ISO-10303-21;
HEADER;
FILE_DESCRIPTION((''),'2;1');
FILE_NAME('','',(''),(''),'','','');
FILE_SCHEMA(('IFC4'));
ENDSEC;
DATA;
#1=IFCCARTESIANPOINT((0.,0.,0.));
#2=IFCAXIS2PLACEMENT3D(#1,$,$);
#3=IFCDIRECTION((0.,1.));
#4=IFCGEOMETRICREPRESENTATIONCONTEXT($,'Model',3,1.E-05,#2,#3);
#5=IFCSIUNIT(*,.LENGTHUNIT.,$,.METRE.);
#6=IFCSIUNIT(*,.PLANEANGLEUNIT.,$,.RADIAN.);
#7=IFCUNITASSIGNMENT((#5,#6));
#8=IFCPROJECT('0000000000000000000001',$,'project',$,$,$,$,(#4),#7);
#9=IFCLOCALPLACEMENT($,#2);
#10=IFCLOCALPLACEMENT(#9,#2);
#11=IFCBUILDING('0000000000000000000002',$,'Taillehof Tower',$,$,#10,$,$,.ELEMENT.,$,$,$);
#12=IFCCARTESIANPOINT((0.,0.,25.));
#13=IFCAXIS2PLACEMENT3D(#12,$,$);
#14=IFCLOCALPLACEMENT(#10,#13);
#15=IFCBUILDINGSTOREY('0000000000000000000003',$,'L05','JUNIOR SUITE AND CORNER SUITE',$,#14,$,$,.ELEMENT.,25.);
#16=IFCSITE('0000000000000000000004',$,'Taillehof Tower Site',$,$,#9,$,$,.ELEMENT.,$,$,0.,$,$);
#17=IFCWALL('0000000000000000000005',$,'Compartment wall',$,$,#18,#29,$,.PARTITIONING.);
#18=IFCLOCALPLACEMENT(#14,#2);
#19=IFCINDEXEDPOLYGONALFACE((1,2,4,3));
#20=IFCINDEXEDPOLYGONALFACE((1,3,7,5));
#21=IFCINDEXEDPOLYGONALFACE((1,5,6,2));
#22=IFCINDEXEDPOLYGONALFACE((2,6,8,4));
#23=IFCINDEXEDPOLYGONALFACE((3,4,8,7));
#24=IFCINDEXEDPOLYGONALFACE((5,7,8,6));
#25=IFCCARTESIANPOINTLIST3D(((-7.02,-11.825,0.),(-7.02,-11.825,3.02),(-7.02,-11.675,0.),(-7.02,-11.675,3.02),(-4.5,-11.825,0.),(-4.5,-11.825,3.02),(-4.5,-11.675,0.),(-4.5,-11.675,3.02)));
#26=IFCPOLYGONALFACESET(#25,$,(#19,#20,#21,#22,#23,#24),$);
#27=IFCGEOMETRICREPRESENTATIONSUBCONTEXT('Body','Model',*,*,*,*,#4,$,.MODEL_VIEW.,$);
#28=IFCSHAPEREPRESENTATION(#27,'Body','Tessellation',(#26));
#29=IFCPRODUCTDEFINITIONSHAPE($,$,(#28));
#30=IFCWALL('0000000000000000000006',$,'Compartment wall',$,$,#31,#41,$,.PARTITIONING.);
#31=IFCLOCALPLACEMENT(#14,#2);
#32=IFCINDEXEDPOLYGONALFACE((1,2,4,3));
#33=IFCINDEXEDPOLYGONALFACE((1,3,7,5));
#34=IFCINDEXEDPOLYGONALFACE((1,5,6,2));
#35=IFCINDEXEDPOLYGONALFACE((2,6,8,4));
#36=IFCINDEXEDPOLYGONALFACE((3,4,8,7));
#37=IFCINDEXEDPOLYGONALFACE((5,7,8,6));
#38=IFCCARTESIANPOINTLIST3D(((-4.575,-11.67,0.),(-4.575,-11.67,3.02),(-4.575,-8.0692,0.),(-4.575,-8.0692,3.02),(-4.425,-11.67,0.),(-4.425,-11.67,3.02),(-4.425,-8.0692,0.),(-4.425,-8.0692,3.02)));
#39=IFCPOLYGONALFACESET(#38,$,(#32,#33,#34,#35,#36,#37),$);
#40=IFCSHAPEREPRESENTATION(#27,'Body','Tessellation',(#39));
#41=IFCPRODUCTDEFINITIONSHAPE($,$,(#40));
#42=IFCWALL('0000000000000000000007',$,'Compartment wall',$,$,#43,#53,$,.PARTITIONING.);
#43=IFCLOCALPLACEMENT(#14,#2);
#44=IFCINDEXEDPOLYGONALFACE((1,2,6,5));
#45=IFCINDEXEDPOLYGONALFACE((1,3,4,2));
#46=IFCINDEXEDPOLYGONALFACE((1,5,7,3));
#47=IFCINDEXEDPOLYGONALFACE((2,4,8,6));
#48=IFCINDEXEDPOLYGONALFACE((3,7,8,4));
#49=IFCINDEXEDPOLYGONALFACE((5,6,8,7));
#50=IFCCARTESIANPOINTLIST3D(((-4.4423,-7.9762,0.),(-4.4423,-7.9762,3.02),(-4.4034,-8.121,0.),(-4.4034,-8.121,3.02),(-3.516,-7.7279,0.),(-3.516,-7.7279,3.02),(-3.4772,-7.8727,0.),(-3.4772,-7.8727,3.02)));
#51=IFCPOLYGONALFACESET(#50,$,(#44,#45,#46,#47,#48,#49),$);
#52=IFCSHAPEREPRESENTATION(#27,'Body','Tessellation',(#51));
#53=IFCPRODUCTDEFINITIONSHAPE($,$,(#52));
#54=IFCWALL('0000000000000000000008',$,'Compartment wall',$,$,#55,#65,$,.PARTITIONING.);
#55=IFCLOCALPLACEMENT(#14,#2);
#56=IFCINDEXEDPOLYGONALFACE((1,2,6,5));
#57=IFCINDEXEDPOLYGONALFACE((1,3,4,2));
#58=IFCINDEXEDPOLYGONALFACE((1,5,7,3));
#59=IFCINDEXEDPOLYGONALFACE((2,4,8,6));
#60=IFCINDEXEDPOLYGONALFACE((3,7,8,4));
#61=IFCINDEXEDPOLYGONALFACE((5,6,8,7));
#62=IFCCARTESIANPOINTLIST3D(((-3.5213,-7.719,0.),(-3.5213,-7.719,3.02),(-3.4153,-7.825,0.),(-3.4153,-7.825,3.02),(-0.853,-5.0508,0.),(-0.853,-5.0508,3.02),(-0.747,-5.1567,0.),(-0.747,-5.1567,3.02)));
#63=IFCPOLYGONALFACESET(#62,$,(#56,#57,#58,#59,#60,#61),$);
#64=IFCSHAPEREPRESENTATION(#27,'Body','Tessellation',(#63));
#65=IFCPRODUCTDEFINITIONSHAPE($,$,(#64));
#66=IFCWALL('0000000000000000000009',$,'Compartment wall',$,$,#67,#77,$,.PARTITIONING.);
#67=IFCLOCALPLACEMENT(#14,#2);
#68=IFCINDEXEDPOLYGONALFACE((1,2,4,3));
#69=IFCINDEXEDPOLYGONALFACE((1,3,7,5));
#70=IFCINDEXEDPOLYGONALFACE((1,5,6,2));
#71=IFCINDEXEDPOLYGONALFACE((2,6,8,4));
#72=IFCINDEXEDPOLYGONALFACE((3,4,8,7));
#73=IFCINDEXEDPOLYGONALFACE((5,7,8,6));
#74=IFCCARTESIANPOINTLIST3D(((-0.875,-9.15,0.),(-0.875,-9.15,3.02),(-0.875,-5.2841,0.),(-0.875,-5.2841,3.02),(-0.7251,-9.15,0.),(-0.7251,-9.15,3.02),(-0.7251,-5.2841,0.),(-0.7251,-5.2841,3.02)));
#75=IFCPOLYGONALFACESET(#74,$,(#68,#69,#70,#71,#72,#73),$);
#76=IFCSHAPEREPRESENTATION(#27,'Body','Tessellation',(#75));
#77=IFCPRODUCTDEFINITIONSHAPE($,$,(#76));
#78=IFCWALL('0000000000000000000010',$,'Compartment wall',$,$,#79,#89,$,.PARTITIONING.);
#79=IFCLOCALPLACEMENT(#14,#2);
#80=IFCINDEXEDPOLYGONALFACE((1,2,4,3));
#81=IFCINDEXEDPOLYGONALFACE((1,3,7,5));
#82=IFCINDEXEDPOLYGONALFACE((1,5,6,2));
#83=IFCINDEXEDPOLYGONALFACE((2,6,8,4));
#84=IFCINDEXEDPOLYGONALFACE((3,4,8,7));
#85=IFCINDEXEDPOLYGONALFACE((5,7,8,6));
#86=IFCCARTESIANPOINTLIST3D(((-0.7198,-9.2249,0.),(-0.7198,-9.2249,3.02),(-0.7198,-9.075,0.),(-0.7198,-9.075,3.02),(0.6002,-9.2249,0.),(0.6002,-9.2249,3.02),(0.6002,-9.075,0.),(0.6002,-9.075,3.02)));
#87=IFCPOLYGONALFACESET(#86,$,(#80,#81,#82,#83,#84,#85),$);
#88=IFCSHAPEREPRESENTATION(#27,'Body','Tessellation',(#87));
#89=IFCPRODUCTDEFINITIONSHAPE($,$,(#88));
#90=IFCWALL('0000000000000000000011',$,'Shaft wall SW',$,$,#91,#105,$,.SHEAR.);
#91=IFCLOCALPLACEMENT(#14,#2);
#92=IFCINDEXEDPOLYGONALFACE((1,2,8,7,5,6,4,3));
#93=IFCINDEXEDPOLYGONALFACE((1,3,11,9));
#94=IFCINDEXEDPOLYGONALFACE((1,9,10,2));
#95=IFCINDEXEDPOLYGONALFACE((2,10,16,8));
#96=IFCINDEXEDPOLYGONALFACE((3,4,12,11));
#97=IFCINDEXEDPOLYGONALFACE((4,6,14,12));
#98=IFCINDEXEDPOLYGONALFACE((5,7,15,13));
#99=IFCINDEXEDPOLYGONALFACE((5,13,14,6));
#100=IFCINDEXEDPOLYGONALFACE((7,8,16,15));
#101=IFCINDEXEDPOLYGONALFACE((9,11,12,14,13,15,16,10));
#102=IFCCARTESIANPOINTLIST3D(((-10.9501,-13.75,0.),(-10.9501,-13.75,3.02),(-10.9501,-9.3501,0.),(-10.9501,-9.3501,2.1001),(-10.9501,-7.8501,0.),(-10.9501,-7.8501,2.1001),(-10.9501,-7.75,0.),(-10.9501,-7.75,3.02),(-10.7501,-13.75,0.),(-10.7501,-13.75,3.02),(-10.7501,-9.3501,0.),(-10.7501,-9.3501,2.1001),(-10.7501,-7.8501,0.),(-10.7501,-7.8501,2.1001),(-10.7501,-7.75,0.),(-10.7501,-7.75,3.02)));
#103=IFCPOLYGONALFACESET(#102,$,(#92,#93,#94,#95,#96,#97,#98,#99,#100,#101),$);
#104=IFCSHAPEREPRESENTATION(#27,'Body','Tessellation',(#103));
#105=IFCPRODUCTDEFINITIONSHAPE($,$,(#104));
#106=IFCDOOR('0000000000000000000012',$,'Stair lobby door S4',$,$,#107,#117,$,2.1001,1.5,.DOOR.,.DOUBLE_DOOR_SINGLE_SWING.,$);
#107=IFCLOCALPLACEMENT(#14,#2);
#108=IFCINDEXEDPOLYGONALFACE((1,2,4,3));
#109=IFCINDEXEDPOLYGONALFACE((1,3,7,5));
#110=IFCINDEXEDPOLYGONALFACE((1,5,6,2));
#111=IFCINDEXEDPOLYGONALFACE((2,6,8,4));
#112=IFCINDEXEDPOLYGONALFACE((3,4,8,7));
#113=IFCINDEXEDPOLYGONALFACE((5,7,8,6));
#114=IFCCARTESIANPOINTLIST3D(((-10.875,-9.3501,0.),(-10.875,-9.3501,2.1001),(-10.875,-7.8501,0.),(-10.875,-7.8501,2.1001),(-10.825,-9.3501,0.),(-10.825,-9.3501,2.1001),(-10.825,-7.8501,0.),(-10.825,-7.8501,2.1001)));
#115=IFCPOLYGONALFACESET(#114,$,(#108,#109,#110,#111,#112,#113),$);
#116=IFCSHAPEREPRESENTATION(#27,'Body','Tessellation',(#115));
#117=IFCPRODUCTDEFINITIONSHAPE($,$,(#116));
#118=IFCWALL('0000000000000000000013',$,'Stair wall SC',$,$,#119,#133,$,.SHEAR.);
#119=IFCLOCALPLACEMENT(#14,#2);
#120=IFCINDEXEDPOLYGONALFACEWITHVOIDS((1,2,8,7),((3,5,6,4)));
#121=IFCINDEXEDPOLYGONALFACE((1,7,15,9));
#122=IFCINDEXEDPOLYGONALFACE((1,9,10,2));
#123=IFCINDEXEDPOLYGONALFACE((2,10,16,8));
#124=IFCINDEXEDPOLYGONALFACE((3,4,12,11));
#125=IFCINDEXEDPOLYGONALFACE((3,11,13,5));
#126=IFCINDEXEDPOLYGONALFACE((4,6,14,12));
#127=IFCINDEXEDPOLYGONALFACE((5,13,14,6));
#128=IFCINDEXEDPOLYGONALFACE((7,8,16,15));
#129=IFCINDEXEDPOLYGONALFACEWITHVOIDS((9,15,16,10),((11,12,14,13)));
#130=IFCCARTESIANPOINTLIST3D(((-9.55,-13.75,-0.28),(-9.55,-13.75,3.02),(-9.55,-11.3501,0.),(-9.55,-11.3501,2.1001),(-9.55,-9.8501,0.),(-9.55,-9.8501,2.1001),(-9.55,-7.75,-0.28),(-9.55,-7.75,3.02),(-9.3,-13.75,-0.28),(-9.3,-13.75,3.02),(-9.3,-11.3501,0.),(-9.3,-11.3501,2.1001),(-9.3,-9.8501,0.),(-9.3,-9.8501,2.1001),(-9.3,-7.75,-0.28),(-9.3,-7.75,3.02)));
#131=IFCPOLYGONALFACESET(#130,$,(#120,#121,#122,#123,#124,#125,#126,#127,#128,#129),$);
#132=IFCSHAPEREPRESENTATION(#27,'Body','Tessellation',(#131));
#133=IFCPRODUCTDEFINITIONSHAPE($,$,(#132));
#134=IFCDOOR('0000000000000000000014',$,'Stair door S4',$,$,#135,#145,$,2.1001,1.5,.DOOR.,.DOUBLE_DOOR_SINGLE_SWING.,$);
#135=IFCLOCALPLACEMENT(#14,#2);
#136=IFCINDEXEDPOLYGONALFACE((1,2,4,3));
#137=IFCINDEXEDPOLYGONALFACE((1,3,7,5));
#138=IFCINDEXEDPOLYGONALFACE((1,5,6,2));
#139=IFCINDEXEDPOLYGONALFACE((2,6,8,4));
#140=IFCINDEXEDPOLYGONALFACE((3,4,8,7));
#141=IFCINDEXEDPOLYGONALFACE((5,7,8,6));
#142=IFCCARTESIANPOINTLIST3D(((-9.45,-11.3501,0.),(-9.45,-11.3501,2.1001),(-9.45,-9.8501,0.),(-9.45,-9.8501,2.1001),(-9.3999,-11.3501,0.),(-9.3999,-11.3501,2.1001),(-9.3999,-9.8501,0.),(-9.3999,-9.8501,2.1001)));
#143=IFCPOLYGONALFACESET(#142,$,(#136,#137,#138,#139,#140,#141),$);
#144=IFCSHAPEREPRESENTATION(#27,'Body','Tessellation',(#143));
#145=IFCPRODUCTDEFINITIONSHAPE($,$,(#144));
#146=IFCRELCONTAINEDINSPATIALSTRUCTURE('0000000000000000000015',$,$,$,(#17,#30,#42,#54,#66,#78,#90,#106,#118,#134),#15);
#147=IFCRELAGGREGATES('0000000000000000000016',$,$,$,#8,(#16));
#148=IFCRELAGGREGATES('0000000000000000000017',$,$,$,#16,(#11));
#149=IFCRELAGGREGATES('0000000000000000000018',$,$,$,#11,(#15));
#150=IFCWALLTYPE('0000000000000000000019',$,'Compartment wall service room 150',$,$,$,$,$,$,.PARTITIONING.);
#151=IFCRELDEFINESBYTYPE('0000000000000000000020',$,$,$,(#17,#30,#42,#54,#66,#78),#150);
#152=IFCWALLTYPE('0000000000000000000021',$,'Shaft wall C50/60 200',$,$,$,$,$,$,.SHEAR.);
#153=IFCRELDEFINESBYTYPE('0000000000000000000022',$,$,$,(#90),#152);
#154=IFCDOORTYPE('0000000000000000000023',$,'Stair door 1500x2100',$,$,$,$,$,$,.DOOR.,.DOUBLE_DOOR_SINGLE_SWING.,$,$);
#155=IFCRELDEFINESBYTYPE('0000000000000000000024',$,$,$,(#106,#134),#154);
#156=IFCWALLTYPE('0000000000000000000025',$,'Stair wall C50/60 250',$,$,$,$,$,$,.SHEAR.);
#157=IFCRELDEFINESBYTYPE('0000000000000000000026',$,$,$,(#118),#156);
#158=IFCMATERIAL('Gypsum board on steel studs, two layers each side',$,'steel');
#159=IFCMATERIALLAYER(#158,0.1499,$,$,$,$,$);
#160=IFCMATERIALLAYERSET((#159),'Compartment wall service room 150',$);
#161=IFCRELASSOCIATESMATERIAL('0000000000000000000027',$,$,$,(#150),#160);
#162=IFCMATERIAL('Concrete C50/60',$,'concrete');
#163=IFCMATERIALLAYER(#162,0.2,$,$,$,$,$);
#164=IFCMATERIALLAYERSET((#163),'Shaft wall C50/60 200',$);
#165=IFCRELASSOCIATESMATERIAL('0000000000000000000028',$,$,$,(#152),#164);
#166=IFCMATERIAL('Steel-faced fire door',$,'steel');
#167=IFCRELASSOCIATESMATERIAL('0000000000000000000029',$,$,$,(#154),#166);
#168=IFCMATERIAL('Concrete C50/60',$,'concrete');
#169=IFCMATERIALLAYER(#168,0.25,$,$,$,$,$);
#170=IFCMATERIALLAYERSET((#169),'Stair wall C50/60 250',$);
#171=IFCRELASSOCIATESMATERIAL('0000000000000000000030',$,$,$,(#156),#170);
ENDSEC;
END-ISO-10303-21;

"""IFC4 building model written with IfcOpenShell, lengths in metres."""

from ifc_helpers import new_model, si_unit, direction, frame, frame_2d, origin, place, context, subcontext, project, spatial, rectangle, extrude, material, layer, layer_set, type_object, element, fill, save


model = new_model("IFC4")

# Units and contexts
model_context = context("Model", 3, precision=1e-05, world=origin(), true_north=direction((0.0, 1.0)))
body_context = subcontext(model_context, "Body", "Model", "MODEL_VIEW")
ifc_project = project(units=[si_unit("LENGTHUNIT", "METRE"), si_unit("PLANEANGLEUNIT", "RADIAN")], contexts=[model_context])

# Site, building, storey
site_placement = place(None, origin())
site = spatial("IfcSite", under=ifc_project, at=site_placement, Name="Taillehof Tower Site", CompositionType="ELEMENT", RefElevation=0.0)
building_placement = place(site_placement, origin())
building = spatial("IfcBuilding", under=site, at=building_placement, Name="Taillehof Tower", CompositionType="ELEMENT")
storey_placement = place(building_placement, frame((0.0, 0.0, 25.0)))
storey = spatial("IfcBuildingStorey", under=building, at=storey_placement, Name="L05", Description="JUNIOR SUITE AND CORNER SUITE", CompositionType="ELEMENT", Elevation=25.0)

# Shared definitions
ifc_material_1 = material(Name="Gypsum board on steel studs, two layers each side", Category="steel")
ifc_layer_1 = layer(ifc_material_1, 0.1499)
ifc_layer_set_1 = layer_set([ifc_layer_1], Name="Compartment wall service room 150")
wall_type_1 = type_object("IfcWallType", Name="Compartment wall service room 150", PredefinedType="PARTITIONING", material=ifc_layer_set_1)

# Walls
wall_1_placement = place(storey_placement, frame((-7.02, -11.75, 0.0), z_axis=(0.0, 0.0, 1.0), x_axis=(1.0, 0.0, 0.0)))
element("IfcWall", 1, at=wall_1_placement, inside=storey, type_object=wall_type_1, Name="Compartment wall", PredefinedType="PARTITIONING", context=body_context, shape_type="SweptSolid", body=[
    extrude(rectangle(XDim=2.52, YDim=0.1499, at=frame_2d((1.26, 0.0))), origin(), (0.0, 0.0, 1.0), 3.02),
])
wall_2_placement = place(storey_placement, frame((-4.5, -11.6699, 0.0), z_axis=(0.0, 0.0, 1.0), x_axis=(0.0, 1.0, 0.0)))
element("IfcWall", 2, at=wall_2_placement, inside=storey, type_object=wall_type_1, Name="Compartment wall", PredefinedType="PARTITIONING", context=body_context, shape_type="SweptSolid", body=[
    extrude(rectangle(XDim=3.6008, YDim=0.1499, at=frame_2d((1.8003, 0.0))), origin(), (0.0, 0.0, 1.0), 3.02),
])
wall_3_placement = place(storey_placement, frame((-4.4229, -8.0486, 0.0), z_axis=(0.0, 0.0, 1.0), x_axis=(0.9659, 0.258914, 0.0)))
element("IfcWall", 3, at=wall_3_placement, inside=storey, type_object=wall_type_1, Name="Compartment wall", PredefinedType="PARTITIONING", context=body_context, shape_type="SweptSolid", body=[
    extrude(rectangle(XDim=0.959, YDim=0.1499, at=frame_2d((0.4795, 0.0))), origin(), (0.0, 0.0, 1.0), 3.02),
])
wall_4_placement = place(storey_placement, frame((-3.4683, -7.772, 0.0), z_axis=(0.0, 0.0, 1.0), x_axis=(0.707107, 0.707107, 0.0)))
element("IfcWall", 4, at=wall_4_placement, inside=storey, type_object=wall_type_1, Name="Compartment wall", PredefinedType="PARTITIONING", context=body_context, shape_type="SweptSolid", body=[
    extrude(rectangle(XDim=3.7734, YDim=0.1499, at=frame_2d((1.8867, 0.0))), origin(), (0.0, 0.0, 1.0), 3.02),
])
wall_5_placement = place(storey_placement, frame((-0.8, -5.2839, 0.0), z_axis=(0.0, 0.0, 1.0), x_axis=(0.0, -1.0, 0.0)))
element("IfcWall", 5, at=wall_5_placement, inside=storey, type_object=wall_type_1, Name="Compartment wall", PredefinedType="PARTITIONING", context=body_context, shape_type="SweptSolid", body=[
    extrude(rectangle(XDim=3.866, YDim=0.1499, at=frame_2d((1.9331, 0.0))), origin(), (0.0, 0.0, 1.0), 3.02),
])
wall_6_placement = place(storey_placement, frame((-0.72, -9.1499, 0.0), z_axis=(0.0, 0.0, 1.0), x_axis=(1.0, 0.0, 0.0)))
element("IfcWall", 6, at=wall_6_placement, inside=storey, type_object=wall_type_1, Name="Compartment wall", PredefinedType="PARTITIONING", context=body_context, shape_type="SweptSolid", body=[
    extrude(rectangle(XDim=1.3201, YDim=0.1499, at=frame_2d((0.6602, 0.0))), origin(), (0.0, 0.0, 1.0), 3.02),
])

# Walls, openings, doors
ifc_material_2 = material(Name="Concrete C50/60", Category="concrete")
ifc_layer_2 = layer(ifc_material_2, 0.2)
ifc_layer_set_2 = layer_set([ifc_layer_2], Name="Shaft wall C50/60 200")
wall_type_2 = type_object("IfcWallType", Name="Shaft wall C50/60 200", PredefinedType="SHEAR", material=ifc_layer_set_2)
wall_7_placement = place(storey_placement, frame((-10.8501, -13.75, 0.0), z_axis=(0.0, 0.0, 1.0), x_axis=(0.0, 1.0, 0.0)))
wall_7 = element("IfcWall", 7, at=wall_7_placement, inside=storey, type_object=wall_type_2, Name="Shaft wall SW", PredefinedType="SHEAR", context=body_context, shape_type="SweptSolid", body=[
    extrude(rectangle(XDim=6.0, YDim=0.2, at=frame_2d((3.0, 0.0))), origin(), (0.0, 0.0, 1.0), 3.02),
])
opening_1_placement = place(wall_7_placement, frame((4.3999, 0.0, 0.0)))
opening_1 = element("IfcOpeningElement", 8, at=opening_1_placement, cuts=wall_7, PredefinedType="OPENING", context=body_context, shape_type="SweptSolid", body=[
    extrude(rectangle(XDim=1.5, YDim=2.1001, at=frame_2d((0.75, 1.05))), frame((0.0, 0.1099, 0.0), z_axis=(0.0, -1.0, 0.0), x_axis=(1.0, 0.0, 0.0)), (0.0, 0.0, 1.0), 0.22),
])
ifc_material_3 = material(Name="Steel-faced fire door", Category="steel")
door_type_1 = type_object("IfcDoorType", Name="Stair door 1500x2100", OperationType="DOUBLE_DOOR_SINGLE_SWING", PredefinedType="DOOR", material=ifc_material_3)
door_1_placement = place(opening_1_placement, origin())
door_1 = element("IfcDoor", 9, at=door_1_placement, inside=storey, type_object=door_type_1, Name="Stair lobby door S4", OperationType="DOUBLE_DOOR_SINGLE_SWING", OverallHeight=2.1001, OverallWidth=1.5, PredefinedType="DOOR", context=body_context, shape_type="SweptSolid", body=[
    extrude(rectangle(XDim=1.5, YDim=2.1001, at=frame_2d((0.75, 1.05))), frame((0.0, 0.0249, 0.0), z_axis=(0.0, -1.0, 0.0), x_axis=(1.0, 0.0, 0.0)), (0.0, 0.0, 1.0), 0.05),
])
fill(opening_1, door_1)
ifc_material_4 = material(Name="Concrete C50/60", Category="concrete")
ifc_layer_3 = layer(ifc_material_4, 0.25)
ifc_layer_set_3 = layer_set([ifc_layer_3], Name="Stair wall C50/60 250")
wall_type_3 = type_object("IfcWallType", Name="Stair wall C50/60 250", PredefinedType="SHEAR", material=ifc_layer_set_3)
wall_8_placement = place(storey_placement, frame((-9.425, -13.75, -0.28), z_axis=(0.0, 0.0, 1.0), x_axis=(0.0, 1.0, 0.0)))
wall_8 = element("IfcWall", 10, at=wall_8_placement, inside=storey, type_object=wall_type_3, Name="Stair wall SC", PredefinedType="SHEAR", context=body_context, shape_type="SweptSolid", body=[
    extrude(rectangle(XDim=6.0, YDim=0.25, at=frame_2d((3.0, 0.0))), origin(), (0.0, 0.0, 1.0), 3.3),
])
opening_2_placement = place(wall_8_placement, frame((2.3999, 0.0, 0.28)))
opening_2 = element("IfcOpeningElement", 11, at=opening_2_placement, cuts=wall_8, PredefinedType="OPENING", context=body_context, shape_type="SweptSolid", body=[
    extrude(rectangle(XDim=1.5, YDim=2.1001, at=frame_2d((0.75, 1.05))), frame((0.0, 0.135, 0.0), z_axis=(0.0, -1.0, 0.0), x_axis=(1.0, 0.0, 0.0)), (0.0, 0.0, 1.0), 0.27),
])
door_2_placement = place(opening_2_placement, origin())
door_2 = element("IfcDoor", 12, at=door_2_placement, inside=storey, type_object=door_type_1, Name="Stair door S4", OperationType="DOUBLE_DOOR_SINGLE_SWING", OverallHeight=2.1001, OverallWidth=1.5, PredefinedType="DOOR", context=body_context, shape_type="SweptSolid", body=[
    extrude(rectangle(XDim=1.5, YDim=2.1001, at=frame_2d((0.75, 1.05))), frame((0.0, 0.0249, 0.0), z_axis=(0.0, -1.0, 0.0), x_axis=(1.0, 0.0, 0.0)), (0.0, 0.0, 1.0), 0.05),
])
fill(opening_2, door_2)

save(model, "model.ifc")
